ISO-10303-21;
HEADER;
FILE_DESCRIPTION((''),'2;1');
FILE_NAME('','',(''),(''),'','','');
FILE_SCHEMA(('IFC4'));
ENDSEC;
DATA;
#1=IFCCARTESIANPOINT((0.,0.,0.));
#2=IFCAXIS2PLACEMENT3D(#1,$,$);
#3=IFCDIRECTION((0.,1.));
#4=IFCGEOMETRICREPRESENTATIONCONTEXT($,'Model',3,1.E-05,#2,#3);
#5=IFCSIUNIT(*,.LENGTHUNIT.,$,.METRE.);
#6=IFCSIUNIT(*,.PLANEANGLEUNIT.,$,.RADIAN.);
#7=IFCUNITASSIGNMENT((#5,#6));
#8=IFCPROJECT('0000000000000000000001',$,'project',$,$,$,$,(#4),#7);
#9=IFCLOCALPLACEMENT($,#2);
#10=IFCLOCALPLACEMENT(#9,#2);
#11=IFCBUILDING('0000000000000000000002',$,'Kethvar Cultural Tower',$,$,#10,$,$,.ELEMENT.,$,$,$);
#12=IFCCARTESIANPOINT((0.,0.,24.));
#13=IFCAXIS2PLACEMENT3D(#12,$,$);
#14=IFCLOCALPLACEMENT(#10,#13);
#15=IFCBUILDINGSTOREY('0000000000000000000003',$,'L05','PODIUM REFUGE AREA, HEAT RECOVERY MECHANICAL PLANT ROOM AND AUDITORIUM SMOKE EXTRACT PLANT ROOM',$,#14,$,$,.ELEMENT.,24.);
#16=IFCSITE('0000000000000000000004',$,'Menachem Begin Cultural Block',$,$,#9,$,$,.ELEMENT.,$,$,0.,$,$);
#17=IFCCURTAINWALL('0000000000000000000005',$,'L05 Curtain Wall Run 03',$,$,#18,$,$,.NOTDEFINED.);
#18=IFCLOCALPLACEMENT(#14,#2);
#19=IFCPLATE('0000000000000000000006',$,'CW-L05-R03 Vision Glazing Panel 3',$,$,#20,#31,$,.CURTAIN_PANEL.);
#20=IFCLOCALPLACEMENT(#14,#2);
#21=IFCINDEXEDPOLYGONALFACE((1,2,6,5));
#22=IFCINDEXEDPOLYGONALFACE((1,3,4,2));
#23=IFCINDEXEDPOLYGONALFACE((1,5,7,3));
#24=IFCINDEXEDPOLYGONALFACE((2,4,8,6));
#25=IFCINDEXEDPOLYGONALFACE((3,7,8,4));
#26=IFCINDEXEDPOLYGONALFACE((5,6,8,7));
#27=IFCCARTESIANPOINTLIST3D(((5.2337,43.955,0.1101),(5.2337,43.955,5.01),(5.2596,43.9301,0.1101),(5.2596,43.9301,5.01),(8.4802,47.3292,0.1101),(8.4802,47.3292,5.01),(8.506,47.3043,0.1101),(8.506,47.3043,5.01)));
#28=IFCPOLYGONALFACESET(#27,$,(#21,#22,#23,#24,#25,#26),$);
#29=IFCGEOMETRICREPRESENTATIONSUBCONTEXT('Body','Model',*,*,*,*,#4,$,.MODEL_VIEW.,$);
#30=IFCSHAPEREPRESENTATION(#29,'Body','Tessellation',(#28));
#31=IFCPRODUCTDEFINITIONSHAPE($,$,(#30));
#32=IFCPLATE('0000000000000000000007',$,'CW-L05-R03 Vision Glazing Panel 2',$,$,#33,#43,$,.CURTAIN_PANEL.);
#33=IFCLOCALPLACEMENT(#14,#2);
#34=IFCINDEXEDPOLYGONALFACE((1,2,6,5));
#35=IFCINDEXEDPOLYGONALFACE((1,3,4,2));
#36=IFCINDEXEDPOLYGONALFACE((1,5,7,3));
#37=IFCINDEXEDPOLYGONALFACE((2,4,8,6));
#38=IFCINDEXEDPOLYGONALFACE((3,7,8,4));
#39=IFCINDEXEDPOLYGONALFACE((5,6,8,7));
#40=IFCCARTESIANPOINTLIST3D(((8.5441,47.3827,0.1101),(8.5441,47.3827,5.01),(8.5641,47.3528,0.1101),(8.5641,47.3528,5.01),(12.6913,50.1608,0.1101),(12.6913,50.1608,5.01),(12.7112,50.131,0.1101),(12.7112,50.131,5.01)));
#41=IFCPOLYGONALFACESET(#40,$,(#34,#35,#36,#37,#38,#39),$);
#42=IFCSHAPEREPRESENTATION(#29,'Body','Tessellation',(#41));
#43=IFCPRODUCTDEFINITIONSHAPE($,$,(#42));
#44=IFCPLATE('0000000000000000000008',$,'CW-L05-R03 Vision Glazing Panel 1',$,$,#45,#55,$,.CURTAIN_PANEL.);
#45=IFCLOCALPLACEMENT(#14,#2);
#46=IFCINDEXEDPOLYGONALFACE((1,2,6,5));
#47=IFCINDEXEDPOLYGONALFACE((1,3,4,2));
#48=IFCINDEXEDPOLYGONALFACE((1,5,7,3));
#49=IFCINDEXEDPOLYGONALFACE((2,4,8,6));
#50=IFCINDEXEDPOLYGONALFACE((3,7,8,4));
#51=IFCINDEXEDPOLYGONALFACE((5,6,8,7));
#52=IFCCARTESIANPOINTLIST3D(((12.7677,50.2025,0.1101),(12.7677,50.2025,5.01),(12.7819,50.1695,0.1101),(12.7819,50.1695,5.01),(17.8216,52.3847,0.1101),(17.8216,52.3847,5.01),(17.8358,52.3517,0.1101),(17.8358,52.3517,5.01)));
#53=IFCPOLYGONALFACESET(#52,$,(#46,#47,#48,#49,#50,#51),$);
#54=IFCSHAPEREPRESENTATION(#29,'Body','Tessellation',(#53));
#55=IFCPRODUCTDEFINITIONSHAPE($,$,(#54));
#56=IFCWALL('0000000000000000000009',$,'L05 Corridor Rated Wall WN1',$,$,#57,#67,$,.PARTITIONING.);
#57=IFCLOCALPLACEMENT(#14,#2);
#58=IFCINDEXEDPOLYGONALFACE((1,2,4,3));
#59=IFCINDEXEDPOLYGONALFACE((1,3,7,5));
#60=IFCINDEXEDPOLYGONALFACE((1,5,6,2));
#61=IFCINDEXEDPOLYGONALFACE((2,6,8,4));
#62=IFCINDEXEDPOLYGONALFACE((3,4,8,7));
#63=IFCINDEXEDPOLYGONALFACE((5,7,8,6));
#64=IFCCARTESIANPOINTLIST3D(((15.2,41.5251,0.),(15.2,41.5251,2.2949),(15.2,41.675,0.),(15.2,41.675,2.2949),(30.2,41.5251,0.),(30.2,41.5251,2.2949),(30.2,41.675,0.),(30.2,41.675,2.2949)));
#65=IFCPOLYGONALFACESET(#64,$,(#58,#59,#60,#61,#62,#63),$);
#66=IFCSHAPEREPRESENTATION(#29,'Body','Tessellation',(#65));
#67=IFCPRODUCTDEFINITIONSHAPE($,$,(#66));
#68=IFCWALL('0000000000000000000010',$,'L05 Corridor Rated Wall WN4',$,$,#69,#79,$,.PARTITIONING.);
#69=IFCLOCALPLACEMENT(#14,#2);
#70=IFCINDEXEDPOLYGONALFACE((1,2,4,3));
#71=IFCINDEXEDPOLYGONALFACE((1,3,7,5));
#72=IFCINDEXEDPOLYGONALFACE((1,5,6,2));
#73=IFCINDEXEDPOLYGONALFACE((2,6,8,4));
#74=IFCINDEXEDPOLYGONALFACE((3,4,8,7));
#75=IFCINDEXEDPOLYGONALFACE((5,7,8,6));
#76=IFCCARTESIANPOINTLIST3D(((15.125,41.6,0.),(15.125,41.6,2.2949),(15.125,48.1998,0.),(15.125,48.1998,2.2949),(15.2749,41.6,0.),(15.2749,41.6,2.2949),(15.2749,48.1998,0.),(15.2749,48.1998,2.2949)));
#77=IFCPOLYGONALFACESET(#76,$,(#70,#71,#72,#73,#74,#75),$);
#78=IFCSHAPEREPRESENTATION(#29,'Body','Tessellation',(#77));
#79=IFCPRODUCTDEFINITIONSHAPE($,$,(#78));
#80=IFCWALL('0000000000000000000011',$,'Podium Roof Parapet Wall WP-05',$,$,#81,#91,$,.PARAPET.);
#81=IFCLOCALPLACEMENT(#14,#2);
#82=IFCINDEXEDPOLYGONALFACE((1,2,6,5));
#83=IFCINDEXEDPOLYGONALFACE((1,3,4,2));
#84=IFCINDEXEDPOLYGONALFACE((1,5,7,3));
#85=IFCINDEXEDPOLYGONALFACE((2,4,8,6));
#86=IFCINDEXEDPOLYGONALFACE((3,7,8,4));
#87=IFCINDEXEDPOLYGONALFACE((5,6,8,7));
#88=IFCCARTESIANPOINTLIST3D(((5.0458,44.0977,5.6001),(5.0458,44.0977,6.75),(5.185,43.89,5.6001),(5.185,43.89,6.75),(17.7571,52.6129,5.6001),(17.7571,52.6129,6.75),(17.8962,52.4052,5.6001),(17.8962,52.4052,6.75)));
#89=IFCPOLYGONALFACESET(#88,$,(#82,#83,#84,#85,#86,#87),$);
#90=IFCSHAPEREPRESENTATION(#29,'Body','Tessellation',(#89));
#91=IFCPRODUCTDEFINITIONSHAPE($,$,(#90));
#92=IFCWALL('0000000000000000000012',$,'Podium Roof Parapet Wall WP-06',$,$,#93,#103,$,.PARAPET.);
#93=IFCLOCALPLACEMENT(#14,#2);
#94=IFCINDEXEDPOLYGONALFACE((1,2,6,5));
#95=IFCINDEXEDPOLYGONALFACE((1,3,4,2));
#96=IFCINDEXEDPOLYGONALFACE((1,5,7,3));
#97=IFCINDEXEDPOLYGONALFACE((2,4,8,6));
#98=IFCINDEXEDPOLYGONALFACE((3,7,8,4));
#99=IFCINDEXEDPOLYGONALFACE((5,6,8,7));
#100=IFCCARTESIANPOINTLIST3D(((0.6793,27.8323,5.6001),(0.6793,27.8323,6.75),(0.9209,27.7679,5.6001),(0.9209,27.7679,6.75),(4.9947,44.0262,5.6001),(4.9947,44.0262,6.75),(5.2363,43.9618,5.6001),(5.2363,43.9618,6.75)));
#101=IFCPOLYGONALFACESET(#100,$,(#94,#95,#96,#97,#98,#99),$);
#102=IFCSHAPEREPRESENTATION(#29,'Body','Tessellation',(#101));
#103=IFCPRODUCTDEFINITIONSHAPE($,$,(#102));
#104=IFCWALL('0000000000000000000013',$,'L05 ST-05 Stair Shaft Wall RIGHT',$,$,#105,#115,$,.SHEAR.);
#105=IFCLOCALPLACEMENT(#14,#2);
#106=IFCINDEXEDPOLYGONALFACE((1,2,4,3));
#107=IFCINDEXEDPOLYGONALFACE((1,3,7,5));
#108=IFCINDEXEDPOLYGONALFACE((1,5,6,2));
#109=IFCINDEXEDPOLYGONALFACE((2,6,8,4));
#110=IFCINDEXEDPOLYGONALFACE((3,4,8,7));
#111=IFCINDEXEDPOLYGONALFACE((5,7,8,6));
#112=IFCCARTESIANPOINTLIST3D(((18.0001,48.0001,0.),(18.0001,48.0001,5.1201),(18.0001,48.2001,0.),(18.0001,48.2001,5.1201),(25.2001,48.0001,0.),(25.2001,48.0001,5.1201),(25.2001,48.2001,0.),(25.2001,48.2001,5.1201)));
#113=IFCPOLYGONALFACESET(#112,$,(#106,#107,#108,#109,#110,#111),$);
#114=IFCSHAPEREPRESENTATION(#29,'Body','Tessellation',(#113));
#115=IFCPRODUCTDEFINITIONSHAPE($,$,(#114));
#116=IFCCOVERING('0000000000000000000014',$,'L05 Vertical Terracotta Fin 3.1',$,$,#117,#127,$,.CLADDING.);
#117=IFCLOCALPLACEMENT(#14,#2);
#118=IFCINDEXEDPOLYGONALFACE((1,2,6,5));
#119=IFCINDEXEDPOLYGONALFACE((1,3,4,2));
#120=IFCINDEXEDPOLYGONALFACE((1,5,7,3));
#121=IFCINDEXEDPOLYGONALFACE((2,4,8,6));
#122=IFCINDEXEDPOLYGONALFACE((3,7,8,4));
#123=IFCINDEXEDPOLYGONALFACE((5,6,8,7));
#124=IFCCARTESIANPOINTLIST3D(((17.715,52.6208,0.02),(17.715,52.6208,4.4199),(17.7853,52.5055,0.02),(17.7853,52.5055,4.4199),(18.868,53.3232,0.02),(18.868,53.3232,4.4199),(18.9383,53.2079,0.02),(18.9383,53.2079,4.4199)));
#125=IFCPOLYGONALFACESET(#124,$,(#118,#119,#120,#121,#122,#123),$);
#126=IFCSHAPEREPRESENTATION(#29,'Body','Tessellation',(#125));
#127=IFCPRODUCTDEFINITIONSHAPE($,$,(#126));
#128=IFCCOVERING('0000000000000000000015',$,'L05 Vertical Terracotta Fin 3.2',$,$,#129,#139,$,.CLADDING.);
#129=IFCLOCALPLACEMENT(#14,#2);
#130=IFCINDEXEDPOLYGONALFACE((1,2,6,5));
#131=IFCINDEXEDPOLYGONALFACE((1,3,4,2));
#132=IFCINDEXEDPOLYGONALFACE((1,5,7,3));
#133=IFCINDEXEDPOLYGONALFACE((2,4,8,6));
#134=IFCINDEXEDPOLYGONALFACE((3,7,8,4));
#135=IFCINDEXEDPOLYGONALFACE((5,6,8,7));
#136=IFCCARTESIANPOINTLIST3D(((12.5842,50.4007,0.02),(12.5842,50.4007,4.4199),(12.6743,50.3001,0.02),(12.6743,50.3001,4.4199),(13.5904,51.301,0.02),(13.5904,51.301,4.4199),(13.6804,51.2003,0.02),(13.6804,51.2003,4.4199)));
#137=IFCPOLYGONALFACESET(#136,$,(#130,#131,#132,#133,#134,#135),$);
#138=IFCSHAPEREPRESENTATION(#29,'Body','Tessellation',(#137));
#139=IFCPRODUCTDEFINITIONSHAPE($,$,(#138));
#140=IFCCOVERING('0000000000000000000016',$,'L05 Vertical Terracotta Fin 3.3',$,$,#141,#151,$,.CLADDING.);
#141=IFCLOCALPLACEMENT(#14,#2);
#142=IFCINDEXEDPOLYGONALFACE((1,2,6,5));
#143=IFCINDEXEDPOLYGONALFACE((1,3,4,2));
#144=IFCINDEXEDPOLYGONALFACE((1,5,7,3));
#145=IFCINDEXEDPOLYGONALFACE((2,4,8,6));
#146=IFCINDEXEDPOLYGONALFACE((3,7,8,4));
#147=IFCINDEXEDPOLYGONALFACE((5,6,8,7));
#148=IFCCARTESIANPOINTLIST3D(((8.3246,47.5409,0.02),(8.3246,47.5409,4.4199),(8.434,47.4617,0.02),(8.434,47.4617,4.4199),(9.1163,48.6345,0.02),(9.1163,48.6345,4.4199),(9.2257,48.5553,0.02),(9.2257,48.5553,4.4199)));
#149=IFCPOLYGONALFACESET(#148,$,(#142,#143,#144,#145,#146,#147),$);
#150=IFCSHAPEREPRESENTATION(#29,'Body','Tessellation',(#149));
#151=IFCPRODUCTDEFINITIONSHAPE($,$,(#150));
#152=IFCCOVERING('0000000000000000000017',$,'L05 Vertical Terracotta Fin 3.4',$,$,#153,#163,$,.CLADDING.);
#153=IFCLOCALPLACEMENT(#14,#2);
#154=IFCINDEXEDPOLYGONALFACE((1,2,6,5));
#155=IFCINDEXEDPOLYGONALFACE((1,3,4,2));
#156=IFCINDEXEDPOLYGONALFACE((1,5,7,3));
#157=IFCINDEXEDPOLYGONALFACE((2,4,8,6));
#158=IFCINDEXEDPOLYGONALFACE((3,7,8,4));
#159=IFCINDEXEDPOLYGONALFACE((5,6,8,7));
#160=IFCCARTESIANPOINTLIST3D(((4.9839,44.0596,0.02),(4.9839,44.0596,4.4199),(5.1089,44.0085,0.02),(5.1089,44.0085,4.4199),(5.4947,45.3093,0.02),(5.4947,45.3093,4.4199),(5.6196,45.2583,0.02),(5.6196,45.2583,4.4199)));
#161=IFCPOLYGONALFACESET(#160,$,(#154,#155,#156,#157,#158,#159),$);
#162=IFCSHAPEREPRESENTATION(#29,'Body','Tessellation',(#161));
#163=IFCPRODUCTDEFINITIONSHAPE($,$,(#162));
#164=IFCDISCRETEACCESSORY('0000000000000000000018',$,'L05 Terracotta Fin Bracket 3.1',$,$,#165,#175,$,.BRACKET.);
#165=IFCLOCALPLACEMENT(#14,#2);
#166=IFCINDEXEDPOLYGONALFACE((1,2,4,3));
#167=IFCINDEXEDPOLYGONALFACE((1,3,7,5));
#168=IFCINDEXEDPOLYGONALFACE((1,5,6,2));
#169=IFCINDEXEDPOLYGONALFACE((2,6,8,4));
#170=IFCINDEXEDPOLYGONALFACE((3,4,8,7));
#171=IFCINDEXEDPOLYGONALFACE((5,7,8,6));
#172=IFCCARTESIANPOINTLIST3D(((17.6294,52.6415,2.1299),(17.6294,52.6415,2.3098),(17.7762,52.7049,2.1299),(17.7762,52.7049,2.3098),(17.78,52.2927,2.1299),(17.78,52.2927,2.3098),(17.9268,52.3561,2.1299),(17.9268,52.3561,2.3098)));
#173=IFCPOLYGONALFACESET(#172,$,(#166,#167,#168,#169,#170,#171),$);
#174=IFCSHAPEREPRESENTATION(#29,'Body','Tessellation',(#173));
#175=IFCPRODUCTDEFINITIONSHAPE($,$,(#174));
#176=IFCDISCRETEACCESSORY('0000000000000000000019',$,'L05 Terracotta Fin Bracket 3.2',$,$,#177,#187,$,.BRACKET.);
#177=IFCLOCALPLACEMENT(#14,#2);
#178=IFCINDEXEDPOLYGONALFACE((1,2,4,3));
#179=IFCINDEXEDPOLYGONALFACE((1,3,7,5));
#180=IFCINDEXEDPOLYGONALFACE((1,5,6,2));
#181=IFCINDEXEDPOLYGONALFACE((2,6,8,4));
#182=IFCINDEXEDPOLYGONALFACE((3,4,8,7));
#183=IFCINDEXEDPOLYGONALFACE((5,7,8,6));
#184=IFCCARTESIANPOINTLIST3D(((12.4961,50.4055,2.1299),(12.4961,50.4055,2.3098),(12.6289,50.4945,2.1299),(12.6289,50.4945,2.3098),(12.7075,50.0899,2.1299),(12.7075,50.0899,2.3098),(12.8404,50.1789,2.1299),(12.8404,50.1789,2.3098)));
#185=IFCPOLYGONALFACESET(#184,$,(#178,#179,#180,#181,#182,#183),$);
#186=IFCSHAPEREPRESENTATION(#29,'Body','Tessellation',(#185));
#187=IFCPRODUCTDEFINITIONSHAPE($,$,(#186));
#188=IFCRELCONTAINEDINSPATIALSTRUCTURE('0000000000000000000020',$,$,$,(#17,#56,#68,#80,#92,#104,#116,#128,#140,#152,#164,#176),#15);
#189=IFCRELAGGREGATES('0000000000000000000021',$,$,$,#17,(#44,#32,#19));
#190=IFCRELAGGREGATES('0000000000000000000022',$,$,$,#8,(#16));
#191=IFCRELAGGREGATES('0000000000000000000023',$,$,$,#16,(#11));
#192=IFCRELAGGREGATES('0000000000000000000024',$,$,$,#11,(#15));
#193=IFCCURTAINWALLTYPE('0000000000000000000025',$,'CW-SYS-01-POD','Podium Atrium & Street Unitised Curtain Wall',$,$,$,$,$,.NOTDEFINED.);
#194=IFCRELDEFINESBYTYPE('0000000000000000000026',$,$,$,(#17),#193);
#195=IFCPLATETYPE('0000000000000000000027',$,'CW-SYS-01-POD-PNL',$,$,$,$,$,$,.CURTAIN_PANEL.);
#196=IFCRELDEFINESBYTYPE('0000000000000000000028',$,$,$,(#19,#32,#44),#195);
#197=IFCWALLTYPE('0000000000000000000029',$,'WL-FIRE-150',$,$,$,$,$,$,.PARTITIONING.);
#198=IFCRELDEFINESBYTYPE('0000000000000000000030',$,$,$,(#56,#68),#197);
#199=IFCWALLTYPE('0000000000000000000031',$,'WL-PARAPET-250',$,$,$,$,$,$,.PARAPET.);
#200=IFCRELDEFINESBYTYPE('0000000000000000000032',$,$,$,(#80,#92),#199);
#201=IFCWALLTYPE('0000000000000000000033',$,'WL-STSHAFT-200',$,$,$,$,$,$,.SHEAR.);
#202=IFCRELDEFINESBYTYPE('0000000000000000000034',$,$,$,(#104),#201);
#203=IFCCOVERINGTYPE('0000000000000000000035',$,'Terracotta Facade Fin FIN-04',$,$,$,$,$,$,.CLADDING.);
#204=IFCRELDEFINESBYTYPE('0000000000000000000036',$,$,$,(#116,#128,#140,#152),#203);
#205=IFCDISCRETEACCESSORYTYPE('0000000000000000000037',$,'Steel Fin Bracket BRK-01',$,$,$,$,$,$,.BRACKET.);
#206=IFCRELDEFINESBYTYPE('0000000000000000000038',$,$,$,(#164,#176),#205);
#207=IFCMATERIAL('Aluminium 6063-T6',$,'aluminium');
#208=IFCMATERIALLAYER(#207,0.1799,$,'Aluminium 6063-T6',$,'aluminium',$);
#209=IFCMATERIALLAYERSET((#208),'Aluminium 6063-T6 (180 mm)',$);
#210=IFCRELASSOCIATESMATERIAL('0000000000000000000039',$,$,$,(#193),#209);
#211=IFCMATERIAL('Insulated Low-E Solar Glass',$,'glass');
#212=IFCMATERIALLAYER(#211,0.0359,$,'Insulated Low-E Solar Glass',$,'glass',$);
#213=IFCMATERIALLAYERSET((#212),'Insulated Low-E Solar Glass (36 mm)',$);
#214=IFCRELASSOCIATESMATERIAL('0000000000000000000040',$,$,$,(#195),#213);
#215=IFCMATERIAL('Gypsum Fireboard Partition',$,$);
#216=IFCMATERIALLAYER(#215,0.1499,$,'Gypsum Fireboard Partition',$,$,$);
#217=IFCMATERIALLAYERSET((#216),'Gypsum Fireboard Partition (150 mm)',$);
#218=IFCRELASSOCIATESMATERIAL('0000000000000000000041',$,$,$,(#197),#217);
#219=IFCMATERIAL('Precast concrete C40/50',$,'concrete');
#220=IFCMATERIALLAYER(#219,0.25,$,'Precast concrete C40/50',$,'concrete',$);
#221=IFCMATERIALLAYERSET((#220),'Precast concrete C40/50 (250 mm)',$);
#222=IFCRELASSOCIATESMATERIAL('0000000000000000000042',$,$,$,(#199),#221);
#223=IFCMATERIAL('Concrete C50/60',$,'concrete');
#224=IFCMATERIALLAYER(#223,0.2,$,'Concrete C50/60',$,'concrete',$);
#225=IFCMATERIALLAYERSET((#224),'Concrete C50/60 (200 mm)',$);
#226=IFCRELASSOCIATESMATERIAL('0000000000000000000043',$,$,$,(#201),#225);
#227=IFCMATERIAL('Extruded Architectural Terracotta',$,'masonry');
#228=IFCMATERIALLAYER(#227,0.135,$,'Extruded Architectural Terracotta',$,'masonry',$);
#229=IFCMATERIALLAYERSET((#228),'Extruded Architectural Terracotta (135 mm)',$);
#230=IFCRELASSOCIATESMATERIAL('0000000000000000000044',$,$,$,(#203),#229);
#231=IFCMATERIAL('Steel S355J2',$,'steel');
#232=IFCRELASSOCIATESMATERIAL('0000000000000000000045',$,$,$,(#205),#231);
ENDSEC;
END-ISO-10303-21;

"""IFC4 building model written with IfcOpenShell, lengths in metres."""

from ifc_helpers import new_model, si_unit, direction, frame, frame_2d, origin, origin_2d, place, context, subcontext, project, spatial, rectangle, extrude, source, transform, mapped, material, layer, layer_set, type_object, element, aggregate, save


model = new_model("IFC4")

# Units and contexts
model_context = context("Model", 3, precision=1e-05, world=origin(), true_north=direction((0.0, 1.0)))
body_context = subcontext(model_context, "Body", "Model", "MODEL_VIEW")
ifc_project = project(units=[si_unit("LENGTHUNIT", "METRE"), si_unit("PLANEANGLEUNIT", "RADIAN")], contexts=[model_context])

# Site, building, storey
site_placement = place(None, origin())
site = spatial("IfcSite", under=ifc_project, at=site_placement, Name="Menachem Begin Cultural Block", CompositionType="ELEMENT", RefElevation=0.0)
building_placement = place(site_placement, origin())
building = spatial("IfcBuilding", under=site, at=building_placement, Name="Kethvar Cultural Tower", CompositionType="ELEMENT")
storey_placement = place(building_placement, frame((0.0, 0.0, 24.0)))
storey = spatial("IfcBuildingStorey", under=building, at=storey_placement, Name="L05", Description="PODIUM REFUGE AREA, HEAT RECOVERY MECHANICAL PLANT ROOM AND AUDITORIUM SMOKE EXTRACT PLANT ROOM", CompositionType="ELEMENT", Elevation=24.0)

# Curtain wall
ifc_material_1 = material(Name="Aluminium 6063-T6", Category="aluminium")
ifc_layer_1 = layer(ifc_material_1, 0.1799, Name="Aluminium 6063-T6", Category="aluminium")
ifc_layer_set_1 = layer_set([ifc_layer_1], Name="Aluminium 6063-T6 (180 mm)")
curtain_wall_type = type_object("IfcCurtainWallType", Name="CW-SYS-01-POD", Description="Podium Atrium & Street Unitised Curtain Wall", PredefinedType="NOTDEFINED", material=ifc_layer_set_1)
curtain_wall_1_placement = place(storey_placement, origin())
curtain_wall_1 = element("IfcCurtainWall", 1, at=curtain_wall_1_placement, inside=storey, type_object=curtain_wall_type, Name="L05 Curtain Wall Run 03", PredefinedType="NOTDEFINED")

# Plates
ifc_material_2 = material(Name="Insulated Low-E Solar Glass", Category="glass")
ifc_layer_2 = layer(ifc_material_2, 0.0359, Name="Insulated Low-E Solar Glass", Category="glass")
ifc_layer_set_2 = layer_set([ifc_layer_2], Name="Insulated Low-E Solar Glass (36 mm)")
plate_type = type_object("IfcPlateType", Name="CW-SYS-01-POD-PNL", PredefinedType="CURTAIN_PANEL", material=ifc_layer_set_2)
shared_shape_1 = source(origin(), body_context, "Body", "SweptSolid", [
    extrude(rectangle(XDim=4.6824, YDim=0.0359, at=origin_2d()), origin(), (0.0, 0.0, 1.0), 4.8999),
])
plate_1_placement = place(storey_placement, frame((6.8699, 45.6296, 0.1101), z_axis=(0.0, 0.0, 1.0), x_axis=(-0.693339, -0.720612, 0.0)))
plate_1 = element("IfcPlate", 2, at=plate_1_placement, type_object=plate_type, Name="CW-L05-R03 Vision Glazing Panel 3", PredefinedType="CURTAIN_PANEL", context=body_context, shape_type="MappedRepresentation", body=[
    mapped(shared_shape_1, transform((0.0, 0.0, 0.0), scale=1.0)),
])
shared_shape_2 = source(origin(), body_context, "Body", "SweptSolid", [
    extrude(rectangle(XDim=4.9917, YDim=0.0359, at=origin_2d()), origin(), (0.0, 0.0, 1.0), 4.8999),
])
plate_2_placement = place(storey_placement, frame((10.6277, 48.7568, 0.1101), z_axis=(0.0, 0.0, 1.0), x_axis=(-0.83081, -0.556557, 0.0)))
plate_2 = element("IfcPlate", 3, at=plate_2_placement, type_object=plate_type, Name="CW-L05-R03 Vision Glazing Panel 2", PredefinedType="CURTAIN_PANEL", context=body_context, shape_type="MappedRepresentation", body=[
    mapped(shared_shape_2, transform((0.0, 0.0, 0.0), scale=1.0)),
])
shared_shape_3 = source(origin(), body_context, "Body", "SweptSolid", [
    extrude(rectangle(XDim=5.5049, YDim=0.0359, at=origin_2d()), origin(), (0.0, 0.0, 1.0), 4.8999),
])
plate_3_placement = place(storey_placement, frame((15.3018, 51.2771, 0.1101), z_axis=(0.0, 0.0, 1.0), x_axis=(-0.918073, -0.396411, 0.0)))
plate_3 = element("IfcPlate", 4, at=plate_3_placement, type_object=plate_type, Name="CW-L05-R03 Vision Glazing Panel 1", PredefinedType="CURTAIN_PANEL", context=body_context, shape_type="MappedRepresentation", body=[
    mapped(shared_shape_3, transform((0.0, 0.0, 0.0), scale=1.0)),
])
aggregate(curtain_wall_1, [plate_3, plate_2, plate_1])

# Walls
ifc_material_3 = material(Name="Gypsum Fireboard Partition")
ifc_layer_3 = layer(ifc_material_3, 0.1499, Name="Gypsum Fireboard Partition")
ifc_layer_set_3 = layer_set([ifc_layer_3], Name="Gypsum Fireboard Partition (150 mm)")
wall_type_1 = type_object("IfcWallType", Name="WL-FIRE-150", PredefinedType="PARTITIONING", material=ifc_layer_set_3)
wall_1_placement = place(storey_placement, frame((15.2, 41.6001, 0.0), z_axis=(0.0, 0.0, 1.0), x_axis=(1.0, 0.0, 0.0)))
element("IfcWall", 5, at=wall_1_placement, inside=storey, type_object=wall_type_1, Name="L05 Corridor Rated Wall WN1", PredefinedType="PARTITIONING", context=body_context, shape_type="SweptSolid", body=[
    extrude(rectangle(XDim=15.0, YDim=0.1499, at=frame_2d((7.5, 0.0))), origin(), (0.0, 0.0, 1.0), 2.2949),
])
wall_2_placement = place(storey_placement, frame((15.2, 41.6001, 0.0), z_axis=(0.0, 0.0, 1.0), x_axis=(0.0, 1.0, 0.0)))
element("IfcWall", 6, at=wall_2_placement, inside=storey, type_object=wall_type_1, Name="L05 Corridor Rated Wall WN4", PredefinedType="PARTITIONING", context=body_context, shape_type="SweptSolid", body=[
    extrude(rectangle(XDim=6.5999, YDim=0.1499, at=frame_2d((3.2998, 0.0))), origin(), (0.0, 0.0, 1.0), 2.2949),
])
ifc_material_4 = material(Name="Precast concrete C40/50", Category="concrete")
ifc_layer_4 = layer(ifc_material_4, 0.25, Name="Precast concrete C40/50", Category="concrete")
ifc_layer_set_4 = layer_set([ifc_layer_4], Name="Precast concrete C40/50 (250 mm)")
wall_type_2 = type_object("IfcWallType", Name="WL-PARAPET-250", PredefinedType="PARAPET", material=ifc_layer_set_4)
wall_3_placement = place(storey_placement, frame((17.8267, 52.509, 5.6001), z_axis=(0.0, 0.0, 1.0), x_axis=(-0.830811, -0.556555, 0.0)))
element("IfcWall", 7, at=wall_3_placement, inside=storey, type_object=wall_type_2, Name="Podium Roof Parapet Wall WP-05", PredefinedType="PARAPET", context=body_context, shape_type="SweptSolid", body=[
    extrude(rectangle(XDim=15.2998, YDim=0.25, at=frame_2d((7.6499, 0.0))), origin(), (0.0, 0.0, 1.0), 1.1499),
])
wall_4_placement = place(storey_placement, frame((5.1155, 43.9939, 5.6001), z_axis=(0.0, 0.0, 1.0), x_axis=(-0.257499, -0.966278, 0.0)))
element("IfcWall", 8, at=wall_4_placement, inside=storey, type_object=wall_type_2, Name="Podium Roof Parapet Wall WP-06", PredefinedType="PARAPET", context=body_context, shape_type="SweptSolid", body=[
    extrude(rectangle(XDim=16.759, YDim=0.25, at=frame_2d((8.3794, 0.0))), origin(), (0.0, 0.0, 1.0), 1.1499),
])

# Shared definitions
ifc_material_5 = material(Name="Concrete C50/60", Category="concrete")
ifc_layer_5 = layer(ifc_material_5, 0.2, Name="Concrete C50/60", Category="concrete")
ifc_layer_set_5 = layer_set([ifc_layer_5], Name="Concrete C50/60 (200 mm)")
wall_type_3 = type_object("IfcWallType", Name="WL-STSHAFT-200", PredefinedType="SHEAR", material=ifc_layer_set_5)
ifc_material_6 = material(Name="Steel S355J2", Category="steel")

# Wall
wall_5_placement = place(storey_placement, frame((18.0, 48.1001, 0.0), z_axis=(0.0, 0.0, 1.0), x_axis=(1.0, 0.0, 0.0)))
element("IfcWall", 9, at=wall_5_placement, inside=storey, type_object=wall_type_3, Name="L05 ST-05 Stair Shaft Wall RIGHT", PredefinedType="SHEAR", context=body_context, shape_type="SweptSolid", body=[
    extrude(rectangle(XDim=7.2, YDim=0.2, at=frame_2d((3.6001, 0.0))), origin(), (0.0, 0.0, 1.0), 5.1201),
])

# Coverings
ifc_material_7 = material(Name="Extruded Architectural Terracotta", Category="masonry")
ifc_layer_6 = layer(ifc_material_7, 0.135, Name="Extruded Architectural Terracotta", Category="masonry")
ifc_layer_set_6 = layer_set([ifc_layer_6], Name="Extruded Architectural Terracotta (135 mm)")
covering_type = type_object("IfcCoveringType", Name="Terracotta Facade Fin FIN-04", PredefinedType="CLADDING", material=ifc_layer_set_6)
shared_shape_4 = source(origin(), body_context, "Body", "SweptSolid", [
    extrude(rectangle(XDim=1.3501, YDim=0.135, at=origin_2d()), origin(), (0.0, 0.0, 1.0), 4.3999),
])
for number, where, z_axis, x_axis, name in (
    (10, (18.3267, 52.9143, 0.02), (0.0, 0.0, 1.0), (0.854005, 0.520265, 0.0), "L05 Vertical Terracotta Fin 3.1"),
    (11, (13.1323, 50.8005, 0.02), (0.0, 0.0, 1.0), (0.745243, 0.666793, 0.0), "L05 Vertical Terracotta Fin 3.2"),
    (12, (8.7751, 48.0481, 0.02), (0.0, 0.0, 1.0), (0.586372, 0.810042, 0.0), "L05 Vertical Terracotta Fin 3.3"),
    (13, (5.3018, 44.6589, 0.02), (0.0, 0.0, 1.0), (0.378326, 0.925673, 0.0), "L05 Vertical Terracotta Fin 3.4"),
):
    element("IfcCovering", number, at=place(storey_placement, frame(where, z_axis=z_axis, x_axis=x_axis)), inside=storey, type_object=covering_type, Name=name, PredefinedType="CLADDING", context=body_context, shape_type="MappedRepresentation", body=[
        mapped(shared_shape_4, transform((0.0, 0.0, 0.0), scale=1.0)),
    ])

# Discrete accessories
discrete_accessory_type = type_object("IfcDiscreteAccessoryType", Name="Steel Fin Bracket BRK-01", PredefinedType="BRACKET", material=ifc_material_6)
shared_shape_5 = source(origin(), body_context, "Body", "SweptSolid", [
    extrude(rectangle(XDim=0.3799, YDim=0.1599, at=origin_2d()), origin(), (0.0, 0.0, 1.0), 0.1799),
])
for number, where, z_axis, x_axis, name in (
    (14, (17.7781, 52.4988, 2.1299), (0.0, 0.0, 1.0), (-0.396347, 0.918101, 0.0), "L05 Terracotta Fin Bracket 3.1"),
    (15, (12.6682, 50.2922, 2.1299), (0.0, 0.0, 1.0), (-0.556586, 0.83079, 0.0), "L05 Terracotta Fin Bracket 3.2"),
):
    element("IfcDiscreteAccessory", number, at=place(storey_placement, frame(where, z_axis=z_axis, x_axis=x_axis)), inside=storey, type_object=discrete_accessory_type, Name=name, PredefinedType="BRACKET", context=body_context, shape_type="MappedRepresentation", body=[
        mapped(shared_shape_5, transform((0.0, 0.0, 0.0), scale=1.0)),
    ])

save(model, "model.ifc")
